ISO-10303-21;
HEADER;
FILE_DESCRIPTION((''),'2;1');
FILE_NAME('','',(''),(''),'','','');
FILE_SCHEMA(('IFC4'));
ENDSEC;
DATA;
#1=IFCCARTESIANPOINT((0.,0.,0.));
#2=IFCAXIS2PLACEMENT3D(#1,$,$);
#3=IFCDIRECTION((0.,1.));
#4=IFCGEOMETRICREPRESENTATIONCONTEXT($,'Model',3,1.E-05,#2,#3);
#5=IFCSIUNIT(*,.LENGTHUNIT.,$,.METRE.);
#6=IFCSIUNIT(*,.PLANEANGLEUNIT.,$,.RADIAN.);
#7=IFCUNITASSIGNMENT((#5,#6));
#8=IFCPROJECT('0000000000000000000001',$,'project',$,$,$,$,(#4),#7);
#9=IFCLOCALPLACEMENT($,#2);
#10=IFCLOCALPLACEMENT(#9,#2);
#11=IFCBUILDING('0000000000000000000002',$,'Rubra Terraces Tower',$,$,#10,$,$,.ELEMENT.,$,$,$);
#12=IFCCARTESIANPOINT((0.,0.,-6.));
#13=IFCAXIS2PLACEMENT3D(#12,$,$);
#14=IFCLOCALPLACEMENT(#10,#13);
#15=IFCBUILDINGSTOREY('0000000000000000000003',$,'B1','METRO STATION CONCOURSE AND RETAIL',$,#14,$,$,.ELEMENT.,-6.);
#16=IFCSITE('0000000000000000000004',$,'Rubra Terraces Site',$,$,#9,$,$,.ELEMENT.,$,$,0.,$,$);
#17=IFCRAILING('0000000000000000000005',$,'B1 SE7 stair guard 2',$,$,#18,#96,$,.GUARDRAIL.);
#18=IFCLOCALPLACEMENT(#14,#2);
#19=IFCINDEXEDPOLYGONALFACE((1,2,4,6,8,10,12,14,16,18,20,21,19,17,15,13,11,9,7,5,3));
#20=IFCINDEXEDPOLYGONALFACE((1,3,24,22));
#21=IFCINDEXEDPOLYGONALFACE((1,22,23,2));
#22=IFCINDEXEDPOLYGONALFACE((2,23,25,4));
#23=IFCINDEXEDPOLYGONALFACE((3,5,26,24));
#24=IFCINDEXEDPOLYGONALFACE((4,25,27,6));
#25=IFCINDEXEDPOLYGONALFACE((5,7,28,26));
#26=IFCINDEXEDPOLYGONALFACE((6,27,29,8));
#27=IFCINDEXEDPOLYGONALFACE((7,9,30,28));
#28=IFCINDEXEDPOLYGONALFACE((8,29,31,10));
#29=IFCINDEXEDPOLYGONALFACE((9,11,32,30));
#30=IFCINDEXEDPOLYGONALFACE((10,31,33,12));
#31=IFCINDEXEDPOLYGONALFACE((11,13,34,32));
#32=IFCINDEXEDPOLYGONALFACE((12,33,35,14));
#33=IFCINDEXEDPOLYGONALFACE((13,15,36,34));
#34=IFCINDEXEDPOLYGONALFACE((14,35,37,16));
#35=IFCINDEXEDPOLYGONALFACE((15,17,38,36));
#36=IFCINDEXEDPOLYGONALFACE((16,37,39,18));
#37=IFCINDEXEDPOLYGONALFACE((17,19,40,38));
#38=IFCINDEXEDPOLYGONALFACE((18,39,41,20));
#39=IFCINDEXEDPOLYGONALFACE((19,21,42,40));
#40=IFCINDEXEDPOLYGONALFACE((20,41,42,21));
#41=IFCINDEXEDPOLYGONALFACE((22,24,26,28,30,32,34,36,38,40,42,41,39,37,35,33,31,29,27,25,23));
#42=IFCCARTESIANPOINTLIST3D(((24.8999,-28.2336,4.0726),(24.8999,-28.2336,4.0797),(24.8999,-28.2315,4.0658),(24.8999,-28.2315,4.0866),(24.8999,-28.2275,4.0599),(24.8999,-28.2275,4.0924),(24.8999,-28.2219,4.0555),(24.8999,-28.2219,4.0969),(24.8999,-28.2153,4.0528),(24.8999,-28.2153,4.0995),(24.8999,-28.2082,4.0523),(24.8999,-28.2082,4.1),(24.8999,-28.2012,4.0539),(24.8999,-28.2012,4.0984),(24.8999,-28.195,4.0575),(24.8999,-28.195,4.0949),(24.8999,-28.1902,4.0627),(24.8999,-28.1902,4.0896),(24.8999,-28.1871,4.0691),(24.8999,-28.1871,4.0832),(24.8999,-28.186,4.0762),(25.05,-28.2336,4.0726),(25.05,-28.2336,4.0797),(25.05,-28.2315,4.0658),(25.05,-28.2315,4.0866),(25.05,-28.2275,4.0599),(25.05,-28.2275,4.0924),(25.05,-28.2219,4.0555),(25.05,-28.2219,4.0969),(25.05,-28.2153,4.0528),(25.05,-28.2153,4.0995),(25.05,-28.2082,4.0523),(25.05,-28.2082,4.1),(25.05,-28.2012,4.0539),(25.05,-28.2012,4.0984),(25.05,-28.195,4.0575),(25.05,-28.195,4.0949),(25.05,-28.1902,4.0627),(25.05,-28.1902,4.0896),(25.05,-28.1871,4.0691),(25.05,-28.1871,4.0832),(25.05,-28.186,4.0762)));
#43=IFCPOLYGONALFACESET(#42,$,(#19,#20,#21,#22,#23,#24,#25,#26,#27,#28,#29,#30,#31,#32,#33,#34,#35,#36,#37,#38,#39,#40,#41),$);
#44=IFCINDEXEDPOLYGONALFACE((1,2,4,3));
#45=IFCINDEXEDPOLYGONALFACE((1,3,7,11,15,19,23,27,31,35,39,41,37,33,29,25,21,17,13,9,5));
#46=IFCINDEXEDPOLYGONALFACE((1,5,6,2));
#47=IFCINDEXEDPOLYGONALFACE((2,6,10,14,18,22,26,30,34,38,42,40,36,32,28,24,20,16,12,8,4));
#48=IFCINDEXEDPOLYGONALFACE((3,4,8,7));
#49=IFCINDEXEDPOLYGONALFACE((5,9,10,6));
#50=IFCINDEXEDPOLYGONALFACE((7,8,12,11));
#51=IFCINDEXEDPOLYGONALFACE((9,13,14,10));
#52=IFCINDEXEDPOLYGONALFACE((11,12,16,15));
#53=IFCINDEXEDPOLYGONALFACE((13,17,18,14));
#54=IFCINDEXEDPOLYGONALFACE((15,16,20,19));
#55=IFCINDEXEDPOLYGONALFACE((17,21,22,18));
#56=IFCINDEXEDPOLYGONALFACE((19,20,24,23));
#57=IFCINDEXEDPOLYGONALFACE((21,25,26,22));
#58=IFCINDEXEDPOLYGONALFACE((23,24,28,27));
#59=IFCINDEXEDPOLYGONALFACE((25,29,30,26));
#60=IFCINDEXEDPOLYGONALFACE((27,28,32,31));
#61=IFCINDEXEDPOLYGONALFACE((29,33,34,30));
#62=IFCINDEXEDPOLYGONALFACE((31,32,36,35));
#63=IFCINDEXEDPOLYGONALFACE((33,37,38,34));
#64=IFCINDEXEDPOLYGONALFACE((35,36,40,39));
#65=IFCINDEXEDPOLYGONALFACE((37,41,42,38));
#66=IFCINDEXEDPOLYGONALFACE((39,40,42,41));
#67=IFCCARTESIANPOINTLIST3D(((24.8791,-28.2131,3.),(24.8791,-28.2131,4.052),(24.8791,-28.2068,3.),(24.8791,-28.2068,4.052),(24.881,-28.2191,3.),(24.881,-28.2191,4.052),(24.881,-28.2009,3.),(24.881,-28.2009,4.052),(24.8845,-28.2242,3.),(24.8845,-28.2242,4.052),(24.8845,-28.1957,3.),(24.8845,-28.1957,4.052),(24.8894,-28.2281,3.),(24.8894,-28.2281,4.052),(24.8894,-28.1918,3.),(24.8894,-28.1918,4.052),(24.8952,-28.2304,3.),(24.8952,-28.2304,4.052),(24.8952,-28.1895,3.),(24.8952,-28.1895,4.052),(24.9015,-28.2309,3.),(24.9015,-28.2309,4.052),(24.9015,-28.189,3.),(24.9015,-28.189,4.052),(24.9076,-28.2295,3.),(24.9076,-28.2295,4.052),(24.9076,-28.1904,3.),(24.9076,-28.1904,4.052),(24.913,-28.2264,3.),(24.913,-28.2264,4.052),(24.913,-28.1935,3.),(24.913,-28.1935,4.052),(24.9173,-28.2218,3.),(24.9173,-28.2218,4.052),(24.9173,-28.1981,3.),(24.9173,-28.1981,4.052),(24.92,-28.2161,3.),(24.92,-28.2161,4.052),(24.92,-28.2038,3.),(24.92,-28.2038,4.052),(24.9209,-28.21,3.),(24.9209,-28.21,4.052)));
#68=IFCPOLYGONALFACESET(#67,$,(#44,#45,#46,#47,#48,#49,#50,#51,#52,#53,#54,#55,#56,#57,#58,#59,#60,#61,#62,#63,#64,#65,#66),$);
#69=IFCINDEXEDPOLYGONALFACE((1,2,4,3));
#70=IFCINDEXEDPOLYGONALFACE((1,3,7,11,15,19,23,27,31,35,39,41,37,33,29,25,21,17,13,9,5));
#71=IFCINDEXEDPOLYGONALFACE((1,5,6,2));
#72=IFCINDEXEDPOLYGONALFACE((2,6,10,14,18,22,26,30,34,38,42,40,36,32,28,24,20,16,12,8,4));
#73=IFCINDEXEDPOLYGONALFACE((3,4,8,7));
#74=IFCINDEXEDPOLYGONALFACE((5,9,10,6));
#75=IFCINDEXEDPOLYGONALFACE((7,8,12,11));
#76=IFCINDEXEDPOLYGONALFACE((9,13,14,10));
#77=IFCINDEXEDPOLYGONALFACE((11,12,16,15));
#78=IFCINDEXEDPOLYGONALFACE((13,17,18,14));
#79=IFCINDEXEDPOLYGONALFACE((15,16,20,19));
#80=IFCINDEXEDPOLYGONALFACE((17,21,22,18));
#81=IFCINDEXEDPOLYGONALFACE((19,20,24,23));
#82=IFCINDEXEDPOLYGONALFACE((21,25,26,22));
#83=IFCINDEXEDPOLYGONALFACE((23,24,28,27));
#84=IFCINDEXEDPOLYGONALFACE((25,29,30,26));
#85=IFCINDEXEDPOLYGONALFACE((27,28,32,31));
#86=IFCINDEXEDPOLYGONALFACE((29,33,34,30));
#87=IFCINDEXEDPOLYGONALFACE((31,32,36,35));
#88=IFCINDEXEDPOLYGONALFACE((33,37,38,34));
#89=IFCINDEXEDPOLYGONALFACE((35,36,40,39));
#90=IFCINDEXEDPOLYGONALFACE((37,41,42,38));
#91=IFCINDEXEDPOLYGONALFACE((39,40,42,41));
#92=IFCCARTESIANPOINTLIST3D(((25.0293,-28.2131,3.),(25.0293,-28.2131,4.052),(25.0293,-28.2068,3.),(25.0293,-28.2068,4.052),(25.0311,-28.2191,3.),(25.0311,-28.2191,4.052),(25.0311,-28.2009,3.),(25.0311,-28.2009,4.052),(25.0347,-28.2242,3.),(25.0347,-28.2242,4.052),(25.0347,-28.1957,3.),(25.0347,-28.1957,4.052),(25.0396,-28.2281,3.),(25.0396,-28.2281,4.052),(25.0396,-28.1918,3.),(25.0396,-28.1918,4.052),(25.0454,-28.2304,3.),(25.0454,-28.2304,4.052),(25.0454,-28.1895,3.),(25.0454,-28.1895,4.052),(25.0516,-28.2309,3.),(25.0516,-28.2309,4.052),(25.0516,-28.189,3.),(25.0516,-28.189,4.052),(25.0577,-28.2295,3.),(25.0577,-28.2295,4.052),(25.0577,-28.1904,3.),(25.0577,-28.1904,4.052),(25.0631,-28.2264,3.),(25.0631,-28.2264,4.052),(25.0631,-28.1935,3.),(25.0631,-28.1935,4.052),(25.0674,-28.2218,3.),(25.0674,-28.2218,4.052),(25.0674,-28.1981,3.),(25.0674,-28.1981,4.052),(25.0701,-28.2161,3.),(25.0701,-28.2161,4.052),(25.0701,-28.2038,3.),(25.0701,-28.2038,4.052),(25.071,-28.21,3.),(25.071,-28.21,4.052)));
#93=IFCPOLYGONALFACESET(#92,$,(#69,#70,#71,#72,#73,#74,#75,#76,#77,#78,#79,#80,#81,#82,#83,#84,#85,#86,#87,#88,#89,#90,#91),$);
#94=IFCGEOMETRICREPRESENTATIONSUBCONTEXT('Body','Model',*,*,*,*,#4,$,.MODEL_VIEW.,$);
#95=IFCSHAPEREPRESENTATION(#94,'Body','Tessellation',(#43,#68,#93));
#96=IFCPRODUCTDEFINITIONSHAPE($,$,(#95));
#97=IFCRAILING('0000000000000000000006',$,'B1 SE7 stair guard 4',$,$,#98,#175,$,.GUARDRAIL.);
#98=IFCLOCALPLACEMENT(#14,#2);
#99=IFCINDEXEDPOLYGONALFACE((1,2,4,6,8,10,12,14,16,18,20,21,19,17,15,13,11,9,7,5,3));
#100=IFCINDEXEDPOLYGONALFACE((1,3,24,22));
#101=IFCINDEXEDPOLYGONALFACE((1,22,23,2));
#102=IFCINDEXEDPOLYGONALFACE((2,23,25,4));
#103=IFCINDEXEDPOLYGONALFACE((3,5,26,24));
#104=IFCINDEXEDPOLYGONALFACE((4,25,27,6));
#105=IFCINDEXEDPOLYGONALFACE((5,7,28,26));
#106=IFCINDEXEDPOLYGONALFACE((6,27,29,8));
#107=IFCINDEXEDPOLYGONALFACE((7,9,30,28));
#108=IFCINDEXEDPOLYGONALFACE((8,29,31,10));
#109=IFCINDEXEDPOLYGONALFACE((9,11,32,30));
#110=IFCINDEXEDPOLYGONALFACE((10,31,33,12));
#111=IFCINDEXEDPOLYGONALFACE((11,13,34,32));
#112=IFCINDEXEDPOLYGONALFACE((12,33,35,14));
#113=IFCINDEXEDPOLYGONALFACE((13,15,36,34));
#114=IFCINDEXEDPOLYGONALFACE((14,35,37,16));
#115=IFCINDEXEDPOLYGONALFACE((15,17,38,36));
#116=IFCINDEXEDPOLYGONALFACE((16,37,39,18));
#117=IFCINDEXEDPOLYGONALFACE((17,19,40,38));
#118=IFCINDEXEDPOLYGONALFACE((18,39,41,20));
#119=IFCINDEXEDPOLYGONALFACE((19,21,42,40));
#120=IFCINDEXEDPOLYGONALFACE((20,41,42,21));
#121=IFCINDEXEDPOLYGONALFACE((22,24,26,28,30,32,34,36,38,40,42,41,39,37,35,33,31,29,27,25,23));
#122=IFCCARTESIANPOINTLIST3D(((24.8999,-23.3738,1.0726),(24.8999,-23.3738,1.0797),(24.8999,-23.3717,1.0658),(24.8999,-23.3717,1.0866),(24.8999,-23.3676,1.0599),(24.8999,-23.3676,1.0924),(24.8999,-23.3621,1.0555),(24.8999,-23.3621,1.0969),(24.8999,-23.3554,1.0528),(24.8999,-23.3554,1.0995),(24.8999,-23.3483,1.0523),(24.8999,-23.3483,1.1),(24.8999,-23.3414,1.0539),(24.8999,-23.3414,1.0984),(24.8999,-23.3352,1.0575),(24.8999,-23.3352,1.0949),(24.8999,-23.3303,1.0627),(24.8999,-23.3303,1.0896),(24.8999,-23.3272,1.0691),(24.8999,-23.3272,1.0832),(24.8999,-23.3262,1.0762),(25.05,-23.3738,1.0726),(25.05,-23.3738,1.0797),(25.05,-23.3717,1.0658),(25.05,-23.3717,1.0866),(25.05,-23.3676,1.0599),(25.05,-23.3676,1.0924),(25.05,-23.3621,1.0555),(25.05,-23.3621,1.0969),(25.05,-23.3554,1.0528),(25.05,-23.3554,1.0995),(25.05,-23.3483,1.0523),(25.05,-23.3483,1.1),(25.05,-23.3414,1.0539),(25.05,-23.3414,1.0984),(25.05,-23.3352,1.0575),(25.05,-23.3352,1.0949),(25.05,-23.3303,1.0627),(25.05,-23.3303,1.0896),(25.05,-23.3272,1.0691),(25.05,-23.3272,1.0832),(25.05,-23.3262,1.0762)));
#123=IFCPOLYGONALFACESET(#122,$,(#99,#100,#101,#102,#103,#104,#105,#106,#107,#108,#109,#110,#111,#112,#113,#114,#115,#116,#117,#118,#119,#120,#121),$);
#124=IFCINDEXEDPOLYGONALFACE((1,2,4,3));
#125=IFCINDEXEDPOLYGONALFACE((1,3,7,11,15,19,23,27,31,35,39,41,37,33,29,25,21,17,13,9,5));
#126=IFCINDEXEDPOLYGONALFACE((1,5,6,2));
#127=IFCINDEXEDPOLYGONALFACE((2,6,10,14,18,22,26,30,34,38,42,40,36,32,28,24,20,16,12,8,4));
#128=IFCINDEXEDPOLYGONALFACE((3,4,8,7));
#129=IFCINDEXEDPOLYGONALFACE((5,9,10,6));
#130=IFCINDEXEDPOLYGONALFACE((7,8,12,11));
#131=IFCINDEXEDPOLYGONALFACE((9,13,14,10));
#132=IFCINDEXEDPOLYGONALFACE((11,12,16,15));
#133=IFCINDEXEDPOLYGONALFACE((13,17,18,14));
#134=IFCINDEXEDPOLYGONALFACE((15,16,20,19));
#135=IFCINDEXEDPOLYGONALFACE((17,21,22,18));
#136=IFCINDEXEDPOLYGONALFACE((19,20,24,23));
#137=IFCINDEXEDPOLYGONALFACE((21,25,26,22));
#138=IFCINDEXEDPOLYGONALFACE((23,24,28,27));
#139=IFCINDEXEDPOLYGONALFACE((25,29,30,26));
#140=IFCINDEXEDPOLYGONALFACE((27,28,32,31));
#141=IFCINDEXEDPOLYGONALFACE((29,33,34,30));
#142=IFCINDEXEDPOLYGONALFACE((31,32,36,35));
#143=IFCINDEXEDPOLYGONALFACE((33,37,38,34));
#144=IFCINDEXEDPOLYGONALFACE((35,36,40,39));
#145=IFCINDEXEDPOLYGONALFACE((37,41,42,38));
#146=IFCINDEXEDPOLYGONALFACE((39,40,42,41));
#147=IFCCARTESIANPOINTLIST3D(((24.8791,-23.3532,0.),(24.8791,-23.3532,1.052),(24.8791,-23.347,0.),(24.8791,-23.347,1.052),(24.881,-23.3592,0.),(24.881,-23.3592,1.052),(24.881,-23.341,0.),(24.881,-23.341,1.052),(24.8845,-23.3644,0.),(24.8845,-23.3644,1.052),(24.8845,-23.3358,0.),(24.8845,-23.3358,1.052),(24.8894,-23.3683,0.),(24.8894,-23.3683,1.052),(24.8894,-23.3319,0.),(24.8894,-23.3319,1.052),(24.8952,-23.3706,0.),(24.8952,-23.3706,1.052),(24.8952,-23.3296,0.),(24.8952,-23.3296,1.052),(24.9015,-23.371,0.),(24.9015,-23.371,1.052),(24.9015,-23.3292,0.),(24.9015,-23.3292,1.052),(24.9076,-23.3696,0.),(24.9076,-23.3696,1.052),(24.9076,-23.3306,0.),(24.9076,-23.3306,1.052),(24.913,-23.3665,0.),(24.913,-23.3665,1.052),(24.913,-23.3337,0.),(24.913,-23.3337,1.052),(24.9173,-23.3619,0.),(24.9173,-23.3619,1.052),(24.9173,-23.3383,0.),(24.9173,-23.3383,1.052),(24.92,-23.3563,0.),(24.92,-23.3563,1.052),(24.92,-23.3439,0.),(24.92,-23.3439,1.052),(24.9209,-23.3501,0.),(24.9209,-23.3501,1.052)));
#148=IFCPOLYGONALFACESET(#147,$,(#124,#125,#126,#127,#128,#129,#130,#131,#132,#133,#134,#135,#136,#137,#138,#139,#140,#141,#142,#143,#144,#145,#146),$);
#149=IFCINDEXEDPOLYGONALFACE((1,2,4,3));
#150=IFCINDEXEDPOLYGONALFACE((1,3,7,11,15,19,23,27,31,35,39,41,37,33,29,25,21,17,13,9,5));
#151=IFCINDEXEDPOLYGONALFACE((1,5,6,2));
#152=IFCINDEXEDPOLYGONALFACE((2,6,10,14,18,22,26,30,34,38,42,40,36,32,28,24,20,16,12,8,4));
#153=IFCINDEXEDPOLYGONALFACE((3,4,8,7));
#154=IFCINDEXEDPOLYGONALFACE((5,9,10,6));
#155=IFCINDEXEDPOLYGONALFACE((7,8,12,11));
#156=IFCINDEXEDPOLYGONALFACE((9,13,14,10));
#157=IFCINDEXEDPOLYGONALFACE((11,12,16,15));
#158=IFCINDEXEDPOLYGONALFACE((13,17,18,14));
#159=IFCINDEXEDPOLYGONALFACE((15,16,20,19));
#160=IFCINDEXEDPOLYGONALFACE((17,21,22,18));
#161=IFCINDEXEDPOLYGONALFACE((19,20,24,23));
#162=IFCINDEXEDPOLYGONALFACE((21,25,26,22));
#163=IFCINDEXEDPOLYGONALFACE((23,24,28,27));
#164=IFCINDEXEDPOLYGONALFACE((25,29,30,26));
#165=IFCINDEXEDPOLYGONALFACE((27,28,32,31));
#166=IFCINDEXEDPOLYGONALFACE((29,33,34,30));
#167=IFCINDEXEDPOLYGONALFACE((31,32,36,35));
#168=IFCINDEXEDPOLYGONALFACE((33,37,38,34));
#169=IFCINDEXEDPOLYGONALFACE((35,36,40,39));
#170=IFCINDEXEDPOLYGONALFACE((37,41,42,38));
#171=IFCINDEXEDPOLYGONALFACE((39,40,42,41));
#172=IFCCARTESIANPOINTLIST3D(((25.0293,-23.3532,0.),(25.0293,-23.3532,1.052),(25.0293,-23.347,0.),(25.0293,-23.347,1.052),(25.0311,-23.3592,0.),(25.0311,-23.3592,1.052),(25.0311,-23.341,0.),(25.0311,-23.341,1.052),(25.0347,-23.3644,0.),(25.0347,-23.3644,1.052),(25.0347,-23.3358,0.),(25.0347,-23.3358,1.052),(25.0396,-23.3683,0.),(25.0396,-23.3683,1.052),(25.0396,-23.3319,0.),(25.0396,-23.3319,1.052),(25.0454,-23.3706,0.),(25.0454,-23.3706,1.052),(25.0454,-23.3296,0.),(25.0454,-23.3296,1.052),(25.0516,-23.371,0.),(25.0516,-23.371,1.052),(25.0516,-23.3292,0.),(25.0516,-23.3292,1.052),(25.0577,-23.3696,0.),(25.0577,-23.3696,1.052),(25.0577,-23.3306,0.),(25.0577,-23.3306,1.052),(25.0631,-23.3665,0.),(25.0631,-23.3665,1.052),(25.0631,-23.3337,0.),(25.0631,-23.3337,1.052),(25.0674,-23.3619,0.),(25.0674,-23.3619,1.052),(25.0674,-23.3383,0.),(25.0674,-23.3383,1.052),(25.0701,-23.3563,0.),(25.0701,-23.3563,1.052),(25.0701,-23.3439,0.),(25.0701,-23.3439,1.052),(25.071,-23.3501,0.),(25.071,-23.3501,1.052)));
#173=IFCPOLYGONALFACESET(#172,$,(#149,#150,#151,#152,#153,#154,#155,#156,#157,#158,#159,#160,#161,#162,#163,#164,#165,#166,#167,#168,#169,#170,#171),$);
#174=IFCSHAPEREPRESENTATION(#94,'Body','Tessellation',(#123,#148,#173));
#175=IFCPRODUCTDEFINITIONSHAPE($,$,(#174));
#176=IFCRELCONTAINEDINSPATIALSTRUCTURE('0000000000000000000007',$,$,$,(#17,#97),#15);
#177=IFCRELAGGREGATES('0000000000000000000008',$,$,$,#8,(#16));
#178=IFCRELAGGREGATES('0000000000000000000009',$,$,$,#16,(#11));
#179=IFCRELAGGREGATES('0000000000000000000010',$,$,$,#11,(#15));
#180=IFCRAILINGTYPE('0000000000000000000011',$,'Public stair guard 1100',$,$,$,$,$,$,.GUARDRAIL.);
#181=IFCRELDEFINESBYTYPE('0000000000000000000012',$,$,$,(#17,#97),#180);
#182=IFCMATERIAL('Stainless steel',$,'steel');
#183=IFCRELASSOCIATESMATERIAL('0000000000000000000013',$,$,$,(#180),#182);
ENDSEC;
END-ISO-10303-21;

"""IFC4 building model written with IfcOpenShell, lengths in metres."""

from ifc_helpers import new_model, si_unit, direction, frame, origin, origin_2d, place, context, subcontext, project, spatial, circle, extrude, material, type_object, element, save


model = new_model("IFC4")

# Units and contexts
model_context = context("Model", 3, precision=1e-05, world=origin(), true_north=direction((0.0, 1.0)))
body_context = subcontext(model_context, "Body", "Model", "MODEL_VIEW")
ifc_project = project(units=[si_unit("LENGTHUNIT", "METRE"), si_unit("PLANEANGLEUNIT", "RADIAN")], contexts=[model_context])

# Site, building, storey
site_placement = place(None, origin())
site = spatial("IfcSite", under=ifc_project, at=site_placement, Name="Rubra Terraces Site", CompositionType="ELEMENT", RefElevation=0.0)
building_placement = place(site_placement, origin())
building = spatial("IfcBuilding", under=site, at=building_placement, Name="Rubra Terraces Tower", CompositionType="ELEMENT")
storey_placement = place(building_placement, frame((0.0, 0.0, -6.0)))
storey = spatial("IfcBuildingStorey", under=building, at=storey_placement, Name="B1", Description="METRO STATION CONCOURSE AND RETAIL", CompositionType="ELEMENT", Elevation=-6.0)

# Railings
ifc_material_1 = material(Name="Stainless steel", Category="steel")
railing_type_1 = type_object("IfcRailingType", Name="Public stair guard 1100", PredefinedType="GUARDRAIL", material=ifc_material_1)
for number, where, name in (
    (1, (24.8999, -28.21, 3.0), "B1 SE7 stair guard 2"),
    (2, (24.8999, -23.3501, 0.0), "B1 SE7 stair guard 4"),
):
    element("IfcRailing", number, at=place(storey_placement, frame(where)), inside=storey, type_object=railing_type_1, Name=name, PredefinedType="GUARDRAIL", context=body_context, shape_type="SweptSolid", body=[
        extrude(circle(Radius=0.0239, at=origin_2d()), frame((0.0, 0.0, 1.0762), z_axis=(1.0, 0.0, 0.0), x_axis=(0.0, 1.0, 0.0)), (0.0, 0.0, 1.0), 0.1501),
        extrude(circle(Radius=0.021, at=origin_2d()), origin(), (0.0, 0.0, 1.0), 1.052),
        extrude(circle(Radius=0.021, at=origin_2d()), frame((0.1501, 0.0, 0.0)), (0.0, 0.0, 1.0), 1.052),
    ])

save(model, "model.ifc")
